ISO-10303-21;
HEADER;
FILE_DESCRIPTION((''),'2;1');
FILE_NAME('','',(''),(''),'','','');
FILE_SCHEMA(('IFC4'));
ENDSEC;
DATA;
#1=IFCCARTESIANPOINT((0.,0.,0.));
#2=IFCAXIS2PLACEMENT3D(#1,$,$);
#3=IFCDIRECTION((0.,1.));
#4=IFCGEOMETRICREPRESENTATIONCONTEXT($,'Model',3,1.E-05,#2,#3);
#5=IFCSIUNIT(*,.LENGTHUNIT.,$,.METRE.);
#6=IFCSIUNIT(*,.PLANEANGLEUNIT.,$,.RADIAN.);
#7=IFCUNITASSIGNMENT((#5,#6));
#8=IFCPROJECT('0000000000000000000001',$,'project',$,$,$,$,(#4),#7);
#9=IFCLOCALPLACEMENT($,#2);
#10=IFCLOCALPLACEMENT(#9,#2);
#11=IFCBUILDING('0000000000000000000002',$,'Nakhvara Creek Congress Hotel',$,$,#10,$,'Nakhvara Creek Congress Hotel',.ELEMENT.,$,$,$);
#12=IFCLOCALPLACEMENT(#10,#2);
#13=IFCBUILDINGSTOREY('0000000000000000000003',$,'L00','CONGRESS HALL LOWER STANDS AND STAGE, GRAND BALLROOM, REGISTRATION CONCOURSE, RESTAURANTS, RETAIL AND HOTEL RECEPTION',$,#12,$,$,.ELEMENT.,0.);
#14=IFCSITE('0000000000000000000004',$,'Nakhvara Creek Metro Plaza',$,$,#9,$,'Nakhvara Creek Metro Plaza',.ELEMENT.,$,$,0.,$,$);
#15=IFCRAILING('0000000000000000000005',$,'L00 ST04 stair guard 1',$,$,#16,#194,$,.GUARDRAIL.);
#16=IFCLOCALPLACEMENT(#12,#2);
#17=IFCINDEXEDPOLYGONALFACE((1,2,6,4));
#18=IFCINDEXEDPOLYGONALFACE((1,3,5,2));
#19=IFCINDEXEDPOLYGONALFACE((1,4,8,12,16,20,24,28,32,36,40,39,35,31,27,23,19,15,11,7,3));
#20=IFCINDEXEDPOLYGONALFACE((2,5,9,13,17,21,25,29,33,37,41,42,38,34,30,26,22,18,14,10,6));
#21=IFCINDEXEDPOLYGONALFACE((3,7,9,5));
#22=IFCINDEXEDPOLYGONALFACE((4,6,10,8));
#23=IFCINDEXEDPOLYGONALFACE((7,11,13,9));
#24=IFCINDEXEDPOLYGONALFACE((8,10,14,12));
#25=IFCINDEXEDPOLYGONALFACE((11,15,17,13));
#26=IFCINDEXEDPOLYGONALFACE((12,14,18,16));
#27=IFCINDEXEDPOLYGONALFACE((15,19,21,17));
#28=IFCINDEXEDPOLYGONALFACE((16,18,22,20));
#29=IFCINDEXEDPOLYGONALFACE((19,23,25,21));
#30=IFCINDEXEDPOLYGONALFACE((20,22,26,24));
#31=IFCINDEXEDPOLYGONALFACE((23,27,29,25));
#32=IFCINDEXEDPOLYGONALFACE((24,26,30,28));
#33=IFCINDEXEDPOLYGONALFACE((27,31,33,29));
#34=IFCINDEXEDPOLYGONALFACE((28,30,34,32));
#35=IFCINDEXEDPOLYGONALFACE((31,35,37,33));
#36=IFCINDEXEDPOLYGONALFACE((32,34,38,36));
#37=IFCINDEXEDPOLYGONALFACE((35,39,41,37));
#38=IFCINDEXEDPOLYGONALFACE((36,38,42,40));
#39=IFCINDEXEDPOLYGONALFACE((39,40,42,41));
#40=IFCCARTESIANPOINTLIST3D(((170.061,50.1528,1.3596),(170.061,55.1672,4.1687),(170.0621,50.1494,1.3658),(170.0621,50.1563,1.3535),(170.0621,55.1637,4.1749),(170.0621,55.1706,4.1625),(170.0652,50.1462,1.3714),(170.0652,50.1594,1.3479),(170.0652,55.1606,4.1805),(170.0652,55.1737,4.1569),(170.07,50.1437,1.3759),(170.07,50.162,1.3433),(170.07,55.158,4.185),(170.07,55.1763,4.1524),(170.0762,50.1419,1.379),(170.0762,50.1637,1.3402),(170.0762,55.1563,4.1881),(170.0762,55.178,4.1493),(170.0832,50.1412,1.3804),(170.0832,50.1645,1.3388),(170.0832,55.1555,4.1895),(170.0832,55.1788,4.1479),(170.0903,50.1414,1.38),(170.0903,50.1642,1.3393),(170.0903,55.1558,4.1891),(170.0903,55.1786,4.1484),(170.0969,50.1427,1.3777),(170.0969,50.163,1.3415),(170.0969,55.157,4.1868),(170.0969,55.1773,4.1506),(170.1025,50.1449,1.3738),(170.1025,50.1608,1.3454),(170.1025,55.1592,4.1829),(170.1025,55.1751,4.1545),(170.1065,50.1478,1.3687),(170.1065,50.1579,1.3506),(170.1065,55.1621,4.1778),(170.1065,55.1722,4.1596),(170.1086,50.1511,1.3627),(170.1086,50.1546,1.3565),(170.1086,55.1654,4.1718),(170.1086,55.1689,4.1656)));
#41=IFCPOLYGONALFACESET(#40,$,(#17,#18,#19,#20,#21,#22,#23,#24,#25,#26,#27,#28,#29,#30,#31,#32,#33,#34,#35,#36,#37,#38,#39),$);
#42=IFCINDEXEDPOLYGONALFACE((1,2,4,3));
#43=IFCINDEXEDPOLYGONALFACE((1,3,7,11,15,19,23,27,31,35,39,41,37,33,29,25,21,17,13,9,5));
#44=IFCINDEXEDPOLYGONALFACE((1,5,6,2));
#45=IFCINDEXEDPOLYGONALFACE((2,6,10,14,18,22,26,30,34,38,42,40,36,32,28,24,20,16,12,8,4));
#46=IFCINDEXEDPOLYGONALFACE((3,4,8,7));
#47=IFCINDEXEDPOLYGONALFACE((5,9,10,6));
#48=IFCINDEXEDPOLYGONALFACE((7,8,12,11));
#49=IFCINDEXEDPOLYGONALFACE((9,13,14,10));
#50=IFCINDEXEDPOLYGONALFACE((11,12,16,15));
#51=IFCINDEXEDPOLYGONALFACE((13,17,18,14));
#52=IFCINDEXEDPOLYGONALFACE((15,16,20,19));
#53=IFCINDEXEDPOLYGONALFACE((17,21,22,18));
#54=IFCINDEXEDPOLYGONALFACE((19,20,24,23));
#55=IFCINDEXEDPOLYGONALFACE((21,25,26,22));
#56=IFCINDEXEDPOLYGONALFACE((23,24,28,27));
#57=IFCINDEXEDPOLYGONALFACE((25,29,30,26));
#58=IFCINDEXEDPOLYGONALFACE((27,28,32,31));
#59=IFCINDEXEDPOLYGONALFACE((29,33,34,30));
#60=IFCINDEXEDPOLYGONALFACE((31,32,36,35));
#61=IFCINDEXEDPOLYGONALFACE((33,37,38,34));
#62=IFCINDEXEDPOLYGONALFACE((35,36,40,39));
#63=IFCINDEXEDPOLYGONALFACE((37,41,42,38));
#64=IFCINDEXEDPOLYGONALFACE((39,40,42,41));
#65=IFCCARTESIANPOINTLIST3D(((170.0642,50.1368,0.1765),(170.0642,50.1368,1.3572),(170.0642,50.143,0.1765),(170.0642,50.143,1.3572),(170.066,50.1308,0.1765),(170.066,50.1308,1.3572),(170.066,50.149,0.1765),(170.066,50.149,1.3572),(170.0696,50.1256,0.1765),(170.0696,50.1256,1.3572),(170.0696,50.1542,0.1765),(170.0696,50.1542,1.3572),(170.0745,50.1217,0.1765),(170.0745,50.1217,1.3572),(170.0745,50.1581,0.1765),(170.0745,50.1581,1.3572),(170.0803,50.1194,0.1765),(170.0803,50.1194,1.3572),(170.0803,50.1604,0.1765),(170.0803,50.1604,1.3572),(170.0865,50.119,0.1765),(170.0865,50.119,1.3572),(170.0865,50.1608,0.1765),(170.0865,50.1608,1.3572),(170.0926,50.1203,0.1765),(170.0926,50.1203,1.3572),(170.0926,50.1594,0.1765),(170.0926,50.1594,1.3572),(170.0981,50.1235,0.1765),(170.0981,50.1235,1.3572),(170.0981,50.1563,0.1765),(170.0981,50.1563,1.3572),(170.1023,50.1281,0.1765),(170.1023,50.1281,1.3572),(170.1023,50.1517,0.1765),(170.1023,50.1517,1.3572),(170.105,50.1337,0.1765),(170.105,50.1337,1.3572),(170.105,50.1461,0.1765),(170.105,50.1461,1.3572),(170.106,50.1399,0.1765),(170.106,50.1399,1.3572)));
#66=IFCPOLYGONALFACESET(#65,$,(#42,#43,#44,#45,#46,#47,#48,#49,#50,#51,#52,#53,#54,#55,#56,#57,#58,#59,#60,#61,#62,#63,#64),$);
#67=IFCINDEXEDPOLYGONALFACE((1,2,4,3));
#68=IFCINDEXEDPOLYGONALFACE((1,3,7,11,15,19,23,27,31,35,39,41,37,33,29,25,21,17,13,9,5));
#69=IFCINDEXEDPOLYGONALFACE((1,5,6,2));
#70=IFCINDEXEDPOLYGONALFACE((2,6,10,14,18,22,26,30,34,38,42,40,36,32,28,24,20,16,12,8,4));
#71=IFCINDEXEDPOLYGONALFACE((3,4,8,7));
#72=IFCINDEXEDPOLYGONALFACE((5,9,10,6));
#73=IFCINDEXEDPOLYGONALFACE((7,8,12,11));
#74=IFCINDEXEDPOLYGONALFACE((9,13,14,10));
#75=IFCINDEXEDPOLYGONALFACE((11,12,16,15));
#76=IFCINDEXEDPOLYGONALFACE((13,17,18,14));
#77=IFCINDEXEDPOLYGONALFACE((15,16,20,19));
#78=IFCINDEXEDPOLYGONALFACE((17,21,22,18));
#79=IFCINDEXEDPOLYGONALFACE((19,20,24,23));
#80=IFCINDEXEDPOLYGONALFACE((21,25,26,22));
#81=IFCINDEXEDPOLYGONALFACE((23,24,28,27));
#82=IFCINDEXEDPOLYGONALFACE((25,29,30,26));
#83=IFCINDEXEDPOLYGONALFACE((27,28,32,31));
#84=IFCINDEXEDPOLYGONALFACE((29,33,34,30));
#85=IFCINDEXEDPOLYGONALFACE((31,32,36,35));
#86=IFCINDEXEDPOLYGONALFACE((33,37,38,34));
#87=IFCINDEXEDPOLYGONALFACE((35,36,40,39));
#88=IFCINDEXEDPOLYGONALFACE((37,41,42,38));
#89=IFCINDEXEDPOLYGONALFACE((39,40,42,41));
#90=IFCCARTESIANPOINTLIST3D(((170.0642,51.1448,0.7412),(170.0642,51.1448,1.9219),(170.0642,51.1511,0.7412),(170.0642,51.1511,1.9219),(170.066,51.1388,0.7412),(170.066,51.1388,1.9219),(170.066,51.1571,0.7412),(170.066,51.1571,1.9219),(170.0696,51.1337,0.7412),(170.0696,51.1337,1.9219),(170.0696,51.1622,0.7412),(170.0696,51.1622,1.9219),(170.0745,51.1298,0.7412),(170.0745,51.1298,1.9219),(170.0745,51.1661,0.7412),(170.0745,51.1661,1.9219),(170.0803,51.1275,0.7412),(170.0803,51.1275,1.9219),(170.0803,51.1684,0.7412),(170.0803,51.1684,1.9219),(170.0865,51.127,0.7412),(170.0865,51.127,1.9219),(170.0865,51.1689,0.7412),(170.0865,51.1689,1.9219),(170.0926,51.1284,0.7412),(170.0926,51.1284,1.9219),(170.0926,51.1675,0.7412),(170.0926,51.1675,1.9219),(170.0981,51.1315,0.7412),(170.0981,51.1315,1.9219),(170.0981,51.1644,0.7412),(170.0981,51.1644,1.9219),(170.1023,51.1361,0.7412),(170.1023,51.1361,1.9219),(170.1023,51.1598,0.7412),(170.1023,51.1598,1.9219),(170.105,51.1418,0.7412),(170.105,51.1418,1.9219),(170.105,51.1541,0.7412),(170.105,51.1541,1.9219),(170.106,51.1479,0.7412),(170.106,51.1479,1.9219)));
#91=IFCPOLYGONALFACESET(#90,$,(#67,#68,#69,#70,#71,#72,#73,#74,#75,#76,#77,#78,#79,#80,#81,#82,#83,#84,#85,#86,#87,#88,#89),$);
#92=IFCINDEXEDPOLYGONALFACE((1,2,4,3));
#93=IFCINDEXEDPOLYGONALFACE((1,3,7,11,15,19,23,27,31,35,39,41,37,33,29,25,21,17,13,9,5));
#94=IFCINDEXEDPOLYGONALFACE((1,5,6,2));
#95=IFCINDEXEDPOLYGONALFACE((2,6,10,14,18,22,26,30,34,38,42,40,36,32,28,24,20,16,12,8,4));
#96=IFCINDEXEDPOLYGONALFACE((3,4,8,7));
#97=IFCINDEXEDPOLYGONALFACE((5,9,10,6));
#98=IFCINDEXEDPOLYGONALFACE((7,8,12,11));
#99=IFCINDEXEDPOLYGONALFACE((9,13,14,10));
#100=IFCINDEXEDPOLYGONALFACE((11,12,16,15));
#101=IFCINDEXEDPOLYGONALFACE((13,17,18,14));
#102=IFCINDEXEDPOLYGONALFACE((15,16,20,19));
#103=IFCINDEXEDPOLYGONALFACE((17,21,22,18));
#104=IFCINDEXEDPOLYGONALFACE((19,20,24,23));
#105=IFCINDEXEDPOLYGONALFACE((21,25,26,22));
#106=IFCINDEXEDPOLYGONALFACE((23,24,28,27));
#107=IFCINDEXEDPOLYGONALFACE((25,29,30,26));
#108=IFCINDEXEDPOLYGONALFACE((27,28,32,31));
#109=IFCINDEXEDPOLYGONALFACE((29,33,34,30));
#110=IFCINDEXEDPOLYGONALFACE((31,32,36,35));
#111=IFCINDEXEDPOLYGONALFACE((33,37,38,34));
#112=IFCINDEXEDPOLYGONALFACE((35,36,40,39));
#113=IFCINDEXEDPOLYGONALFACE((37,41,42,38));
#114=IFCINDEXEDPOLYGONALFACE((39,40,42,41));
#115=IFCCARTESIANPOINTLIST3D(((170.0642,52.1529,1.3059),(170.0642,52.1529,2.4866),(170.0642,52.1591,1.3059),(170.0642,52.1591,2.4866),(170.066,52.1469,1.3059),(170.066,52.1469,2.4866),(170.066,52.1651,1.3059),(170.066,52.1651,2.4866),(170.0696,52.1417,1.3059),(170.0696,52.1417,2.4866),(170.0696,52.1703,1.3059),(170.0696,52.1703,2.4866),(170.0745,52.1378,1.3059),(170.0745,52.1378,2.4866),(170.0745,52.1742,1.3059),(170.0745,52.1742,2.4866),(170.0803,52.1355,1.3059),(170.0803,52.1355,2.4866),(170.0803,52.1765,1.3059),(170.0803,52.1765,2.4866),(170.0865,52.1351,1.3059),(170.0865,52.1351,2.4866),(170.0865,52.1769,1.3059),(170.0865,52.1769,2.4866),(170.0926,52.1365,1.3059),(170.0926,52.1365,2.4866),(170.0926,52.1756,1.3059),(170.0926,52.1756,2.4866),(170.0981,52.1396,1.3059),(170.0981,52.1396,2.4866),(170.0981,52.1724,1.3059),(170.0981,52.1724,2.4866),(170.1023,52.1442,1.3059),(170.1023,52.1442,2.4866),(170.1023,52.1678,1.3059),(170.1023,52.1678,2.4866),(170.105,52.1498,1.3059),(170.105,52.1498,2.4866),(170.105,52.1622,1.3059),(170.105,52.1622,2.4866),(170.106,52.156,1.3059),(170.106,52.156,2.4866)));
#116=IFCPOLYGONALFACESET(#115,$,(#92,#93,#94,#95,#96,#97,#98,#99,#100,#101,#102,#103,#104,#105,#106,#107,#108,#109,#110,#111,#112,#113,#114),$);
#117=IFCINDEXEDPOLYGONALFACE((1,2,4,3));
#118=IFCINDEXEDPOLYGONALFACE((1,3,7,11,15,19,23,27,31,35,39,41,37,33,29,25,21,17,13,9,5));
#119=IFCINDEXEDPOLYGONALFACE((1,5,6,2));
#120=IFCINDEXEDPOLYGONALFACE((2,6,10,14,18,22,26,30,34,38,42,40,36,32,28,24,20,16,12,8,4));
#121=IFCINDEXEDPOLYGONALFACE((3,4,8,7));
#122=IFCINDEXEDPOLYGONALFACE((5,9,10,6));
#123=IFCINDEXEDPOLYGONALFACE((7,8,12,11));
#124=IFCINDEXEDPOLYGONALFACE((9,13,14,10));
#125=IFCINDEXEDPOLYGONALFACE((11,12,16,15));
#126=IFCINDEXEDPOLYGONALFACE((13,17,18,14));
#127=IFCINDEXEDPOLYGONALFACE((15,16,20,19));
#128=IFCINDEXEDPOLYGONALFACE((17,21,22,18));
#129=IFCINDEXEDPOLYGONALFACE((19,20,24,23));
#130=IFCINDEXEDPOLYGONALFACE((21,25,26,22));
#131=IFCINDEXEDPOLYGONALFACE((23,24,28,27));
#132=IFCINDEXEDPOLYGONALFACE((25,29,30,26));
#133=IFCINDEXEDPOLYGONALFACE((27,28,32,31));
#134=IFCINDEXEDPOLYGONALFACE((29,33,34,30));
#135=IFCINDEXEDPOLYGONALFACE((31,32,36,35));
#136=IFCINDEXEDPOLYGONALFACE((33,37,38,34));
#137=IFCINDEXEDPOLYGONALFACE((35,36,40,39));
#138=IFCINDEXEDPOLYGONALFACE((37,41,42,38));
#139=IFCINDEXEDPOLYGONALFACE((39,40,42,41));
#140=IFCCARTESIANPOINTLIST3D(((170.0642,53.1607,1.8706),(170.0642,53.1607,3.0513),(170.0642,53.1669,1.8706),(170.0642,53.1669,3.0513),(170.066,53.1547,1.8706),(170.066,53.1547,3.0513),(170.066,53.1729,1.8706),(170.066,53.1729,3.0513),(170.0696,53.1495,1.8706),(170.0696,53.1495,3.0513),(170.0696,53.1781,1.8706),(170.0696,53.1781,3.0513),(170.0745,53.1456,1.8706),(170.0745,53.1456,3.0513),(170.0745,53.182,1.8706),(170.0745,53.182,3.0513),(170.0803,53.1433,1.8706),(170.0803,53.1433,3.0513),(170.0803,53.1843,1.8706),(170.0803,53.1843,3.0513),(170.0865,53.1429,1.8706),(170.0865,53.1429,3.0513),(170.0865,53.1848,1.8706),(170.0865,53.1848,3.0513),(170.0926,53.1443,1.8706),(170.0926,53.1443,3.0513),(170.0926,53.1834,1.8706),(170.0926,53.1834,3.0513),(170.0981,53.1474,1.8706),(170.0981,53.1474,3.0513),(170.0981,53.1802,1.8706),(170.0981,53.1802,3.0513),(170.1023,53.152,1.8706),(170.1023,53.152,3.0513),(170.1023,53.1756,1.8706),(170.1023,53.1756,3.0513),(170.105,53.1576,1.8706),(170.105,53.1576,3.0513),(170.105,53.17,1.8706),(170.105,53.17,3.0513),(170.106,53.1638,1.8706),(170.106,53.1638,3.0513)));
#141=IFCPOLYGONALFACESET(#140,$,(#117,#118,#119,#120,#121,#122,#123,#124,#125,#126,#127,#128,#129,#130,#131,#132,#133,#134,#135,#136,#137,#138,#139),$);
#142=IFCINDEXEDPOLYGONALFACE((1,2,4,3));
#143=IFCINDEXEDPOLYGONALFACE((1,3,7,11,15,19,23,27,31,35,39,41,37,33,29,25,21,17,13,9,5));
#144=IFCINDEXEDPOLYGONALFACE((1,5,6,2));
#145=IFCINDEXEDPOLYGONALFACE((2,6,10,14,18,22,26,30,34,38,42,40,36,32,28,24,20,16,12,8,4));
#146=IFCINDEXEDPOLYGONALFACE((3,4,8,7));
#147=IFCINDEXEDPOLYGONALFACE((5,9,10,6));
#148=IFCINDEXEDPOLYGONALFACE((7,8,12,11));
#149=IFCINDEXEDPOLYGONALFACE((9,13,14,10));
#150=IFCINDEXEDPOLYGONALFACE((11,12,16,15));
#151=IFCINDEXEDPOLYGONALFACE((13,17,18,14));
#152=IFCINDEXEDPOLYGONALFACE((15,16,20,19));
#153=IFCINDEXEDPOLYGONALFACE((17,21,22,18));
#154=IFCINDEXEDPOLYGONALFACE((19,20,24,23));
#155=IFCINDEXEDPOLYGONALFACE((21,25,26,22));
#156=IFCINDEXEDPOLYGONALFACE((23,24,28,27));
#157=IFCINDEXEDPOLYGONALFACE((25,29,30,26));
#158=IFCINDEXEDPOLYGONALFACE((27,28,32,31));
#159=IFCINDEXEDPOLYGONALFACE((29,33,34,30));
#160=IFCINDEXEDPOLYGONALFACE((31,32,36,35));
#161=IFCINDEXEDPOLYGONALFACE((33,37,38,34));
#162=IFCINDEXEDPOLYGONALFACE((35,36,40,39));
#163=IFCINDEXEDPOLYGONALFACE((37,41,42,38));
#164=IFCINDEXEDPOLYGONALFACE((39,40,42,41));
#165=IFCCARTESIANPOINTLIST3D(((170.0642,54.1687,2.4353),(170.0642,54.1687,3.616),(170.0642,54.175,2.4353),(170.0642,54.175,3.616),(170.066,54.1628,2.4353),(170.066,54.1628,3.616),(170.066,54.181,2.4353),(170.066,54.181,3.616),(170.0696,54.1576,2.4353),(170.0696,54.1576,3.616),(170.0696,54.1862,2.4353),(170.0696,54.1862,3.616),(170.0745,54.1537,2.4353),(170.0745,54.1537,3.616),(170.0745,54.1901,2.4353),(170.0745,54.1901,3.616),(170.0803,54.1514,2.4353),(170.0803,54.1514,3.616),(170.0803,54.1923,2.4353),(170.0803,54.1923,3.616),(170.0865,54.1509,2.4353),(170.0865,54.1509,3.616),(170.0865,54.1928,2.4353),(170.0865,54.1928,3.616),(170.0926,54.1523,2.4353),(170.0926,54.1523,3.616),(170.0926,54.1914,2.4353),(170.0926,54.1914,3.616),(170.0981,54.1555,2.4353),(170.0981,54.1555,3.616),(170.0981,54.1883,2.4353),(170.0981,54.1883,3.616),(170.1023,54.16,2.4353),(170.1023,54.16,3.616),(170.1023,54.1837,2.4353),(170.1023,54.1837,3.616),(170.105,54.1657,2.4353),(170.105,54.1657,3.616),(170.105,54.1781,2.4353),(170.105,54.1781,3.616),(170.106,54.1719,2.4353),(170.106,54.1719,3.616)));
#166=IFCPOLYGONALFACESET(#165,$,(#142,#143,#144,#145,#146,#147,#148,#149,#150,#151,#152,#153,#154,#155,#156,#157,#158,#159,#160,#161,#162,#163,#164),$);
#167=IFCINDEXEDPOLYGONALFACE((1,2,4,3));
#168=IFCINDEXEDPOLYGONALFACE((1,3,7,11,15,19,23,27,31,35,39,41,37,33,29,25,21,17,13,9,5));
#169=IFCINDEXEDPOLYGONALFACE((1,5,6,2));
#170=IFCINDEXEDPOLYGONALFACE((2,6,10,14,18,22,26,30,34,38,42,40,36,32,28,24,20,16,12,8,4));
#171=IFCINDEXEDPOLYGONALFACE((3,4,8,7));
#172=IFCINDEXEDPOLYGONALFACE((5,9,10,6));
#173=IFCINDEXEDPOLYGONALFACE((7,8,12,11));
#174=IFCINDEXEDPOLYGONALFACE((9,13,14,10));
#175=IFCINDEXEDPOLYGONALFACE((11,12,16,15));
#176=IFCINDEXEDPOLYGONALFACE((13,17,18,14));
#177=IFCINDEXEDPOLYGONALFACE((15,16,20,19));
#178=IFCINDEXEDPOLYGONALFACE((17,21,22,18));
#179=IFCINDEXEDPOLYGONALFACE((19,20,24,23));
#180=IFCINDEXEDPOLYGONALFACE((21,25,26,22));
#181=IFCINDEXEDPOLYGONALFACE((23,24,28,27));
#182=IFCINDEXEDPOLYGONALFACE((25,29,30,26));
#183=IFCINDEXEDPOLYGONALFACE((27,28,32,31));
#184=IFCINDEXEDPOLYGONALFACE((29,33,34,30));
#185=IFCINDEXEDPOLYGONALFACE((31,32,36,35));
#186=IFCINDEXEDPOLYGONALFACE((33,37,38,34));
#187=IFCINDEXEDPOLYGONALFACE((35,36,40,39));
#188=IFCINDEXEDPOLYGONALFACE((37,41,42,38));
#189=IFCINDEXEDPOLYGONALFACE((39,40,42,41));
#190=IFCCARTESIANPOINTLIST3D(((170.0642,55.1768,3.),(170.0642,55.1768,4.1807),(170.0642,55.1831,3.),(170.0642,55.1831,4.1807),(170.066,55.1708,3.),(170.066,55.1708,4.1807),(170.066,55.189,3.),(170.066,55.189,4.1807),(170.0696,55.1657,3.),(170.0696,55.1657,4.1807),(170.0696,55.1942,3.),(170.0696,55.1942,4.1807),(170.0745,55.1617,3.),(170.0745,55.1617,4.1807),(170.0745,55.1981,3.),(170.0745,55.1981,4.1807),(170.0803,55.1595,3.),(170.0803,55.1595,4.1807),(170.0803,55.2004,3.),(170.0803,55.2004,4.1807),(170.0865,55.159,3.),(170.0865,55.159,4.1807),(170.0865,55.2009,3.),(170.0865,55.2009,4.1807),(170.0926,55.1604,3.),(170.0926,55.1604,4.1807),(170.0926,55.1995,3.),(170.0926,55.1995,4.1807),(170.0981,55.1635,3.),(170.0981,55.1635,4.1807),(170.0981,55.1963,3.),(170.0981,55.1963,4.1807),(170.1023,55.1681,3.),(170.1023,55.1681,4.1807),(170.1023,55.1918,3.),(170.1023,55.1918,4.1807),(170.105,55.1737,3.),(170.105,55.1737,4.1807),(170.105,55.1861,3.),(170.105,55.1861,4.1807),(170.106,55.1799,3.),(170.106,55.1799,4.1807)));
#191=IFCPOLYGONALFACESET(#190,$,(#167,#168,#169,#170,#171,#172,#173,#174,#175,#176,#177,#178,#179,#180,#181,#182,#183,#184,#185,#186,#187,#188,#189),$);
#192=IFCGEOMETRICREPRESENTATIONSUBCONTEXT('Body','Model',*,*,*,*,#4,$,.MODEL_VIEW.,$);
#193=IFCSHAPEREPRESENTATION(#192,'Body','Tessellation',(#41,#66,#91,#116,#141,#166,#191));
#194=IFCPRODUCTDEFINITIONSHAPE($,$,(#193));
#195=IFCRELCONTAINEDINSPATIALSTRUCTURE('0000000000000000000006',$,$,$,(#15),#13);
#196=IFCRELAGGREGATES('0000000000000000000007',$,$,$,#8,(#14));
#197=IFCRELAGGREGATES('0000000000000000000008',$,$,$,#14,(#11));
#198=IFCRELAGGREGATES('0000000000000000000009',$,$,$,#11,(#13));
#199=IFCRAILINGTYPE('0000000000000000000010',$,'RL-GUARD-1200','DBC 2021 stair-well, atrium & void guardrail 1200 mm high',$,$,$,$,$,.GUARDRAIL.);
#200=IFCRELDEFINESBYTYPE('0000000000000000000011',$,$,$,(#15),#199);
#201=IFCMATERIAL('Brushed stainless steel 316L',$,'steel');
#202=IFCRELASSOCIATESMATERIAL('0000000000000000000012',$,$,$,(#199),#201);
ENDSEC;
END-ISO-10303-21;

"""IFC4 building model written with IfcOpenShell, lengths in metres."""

from ifc_helpers import new_model, si_unit, direction, frame, origin, origin_2d, place, context, subcontext, project, spatial, circle, extrude, material, type_object, element, save


model = new_model("IFC4")

# Units and contexts
model_context = context("Model", 3, precision=1e-05, world=origin(), true_north=direction((0.0, 1.0)))
body_context = subcontext(model_context, "Body", "Model", "MODEL_VIEW")
ifc_project = project(units=[si_unit("LENGTHUNIT", "METRE"), si_unit("PLANEANGLEUNIT", "RADIAN")], contexts=[model_context])

# Site, building, storey
site_placement = place(None, origin())
site = spatial("IfcSite", under=ifc_project, at=site_placement, Name="Nakhvara Creek Metro Plaza", LongName="Nakhvara Creek Metro Plaza", CompositionType="ELEMENT", RefElevation=0.0)
building_placement = place(site_placement, origin())
building = spatial("IfcBuilding", under=site, at=building_placement, Name="Nakhvara Creek Congress Hotel", LongName="Nakhvara Creek Congress Hotel", CompositionType="ELEMENT")
storey_placement = place(building_placement, origin())
storey = spatial("IfcBuildingStorey", under=building, at=storey_placement, Name="L00", Description="CONGRESS HALL LOWER STANDS AND STAGE, GRAND BALLROOM, REGISTRATION CONCOURSE, RESTAURANTS, RETAIL AND HOTEL RECEPTION", CompositionType="ELEMENT", Elevation=0.0)

# Railing
ifc_material_1 = material(Name="Brushed stainless steel 316L", Category="steel")
railing_type_1 = type_object("IfcRailingType", Name="RL-GUARD-1200", Description="DBC 2021 stair-well, atrium & void guardrail 1200 mm high", PredefinedType="GUARDRAIL", material=ifc_material_1)
railing_1_placement = place(storey_placement, frame((170.085, 50.1399, 0.1765)))
element("IfcRailing", 1, at=railing_1_placement, inside=storey, type_object=railing_type_1, Name="L00 ST04 stair guard 1", PredefinedType="GUARDRAIL", context=body_context, shape_type="SweptSolid", body=[
    extrude(circle(Radius=0.0239, at=origin_2d()), frame((0.0, 0.0129, 1.1831), z_axis=(0.0, 0.872427, 0.488744), x_axis=(-1.0, 0.0, 0.0)), (0.0, 0.0, 1.0), 5.7476),
    extrude(circle(Radius=0.021, at=origin_2d()), origin(), (0.0, 0.0, 1.0), 1.1807),
    extrude(circle(Radius=0.021, at=origin_2d()), frame((0.0, 1.0081, 0.5647)), (0.0, 0.0, 1.0), 1.1807),
    extrude(circle(Radius=0.021, at=origin_2d()), frame((0.0, 2.0161, 1.1294)), (0.0, 0.0, 1.0), 1.1807),
    extrude(circle(Radius=0.021, at=origin_2d()), frame((0.0, 3.0239, 1.6941)), (0.0, 0.0, 1.0), 1.1807),
    extrude(circle(Radius=0.021, at=origin_2d()), frame((0.0, 4.032, 2.2588)), (0.0, 0.0, 1.0), 1.1807),
    extrude(circle(Radius=0.021, at=origin_2d()), frame((0.0, 5.04, 2.8235)), (0.0, 0.0, 1.0), 1.1807),
])

save(model, "model.ifc")
